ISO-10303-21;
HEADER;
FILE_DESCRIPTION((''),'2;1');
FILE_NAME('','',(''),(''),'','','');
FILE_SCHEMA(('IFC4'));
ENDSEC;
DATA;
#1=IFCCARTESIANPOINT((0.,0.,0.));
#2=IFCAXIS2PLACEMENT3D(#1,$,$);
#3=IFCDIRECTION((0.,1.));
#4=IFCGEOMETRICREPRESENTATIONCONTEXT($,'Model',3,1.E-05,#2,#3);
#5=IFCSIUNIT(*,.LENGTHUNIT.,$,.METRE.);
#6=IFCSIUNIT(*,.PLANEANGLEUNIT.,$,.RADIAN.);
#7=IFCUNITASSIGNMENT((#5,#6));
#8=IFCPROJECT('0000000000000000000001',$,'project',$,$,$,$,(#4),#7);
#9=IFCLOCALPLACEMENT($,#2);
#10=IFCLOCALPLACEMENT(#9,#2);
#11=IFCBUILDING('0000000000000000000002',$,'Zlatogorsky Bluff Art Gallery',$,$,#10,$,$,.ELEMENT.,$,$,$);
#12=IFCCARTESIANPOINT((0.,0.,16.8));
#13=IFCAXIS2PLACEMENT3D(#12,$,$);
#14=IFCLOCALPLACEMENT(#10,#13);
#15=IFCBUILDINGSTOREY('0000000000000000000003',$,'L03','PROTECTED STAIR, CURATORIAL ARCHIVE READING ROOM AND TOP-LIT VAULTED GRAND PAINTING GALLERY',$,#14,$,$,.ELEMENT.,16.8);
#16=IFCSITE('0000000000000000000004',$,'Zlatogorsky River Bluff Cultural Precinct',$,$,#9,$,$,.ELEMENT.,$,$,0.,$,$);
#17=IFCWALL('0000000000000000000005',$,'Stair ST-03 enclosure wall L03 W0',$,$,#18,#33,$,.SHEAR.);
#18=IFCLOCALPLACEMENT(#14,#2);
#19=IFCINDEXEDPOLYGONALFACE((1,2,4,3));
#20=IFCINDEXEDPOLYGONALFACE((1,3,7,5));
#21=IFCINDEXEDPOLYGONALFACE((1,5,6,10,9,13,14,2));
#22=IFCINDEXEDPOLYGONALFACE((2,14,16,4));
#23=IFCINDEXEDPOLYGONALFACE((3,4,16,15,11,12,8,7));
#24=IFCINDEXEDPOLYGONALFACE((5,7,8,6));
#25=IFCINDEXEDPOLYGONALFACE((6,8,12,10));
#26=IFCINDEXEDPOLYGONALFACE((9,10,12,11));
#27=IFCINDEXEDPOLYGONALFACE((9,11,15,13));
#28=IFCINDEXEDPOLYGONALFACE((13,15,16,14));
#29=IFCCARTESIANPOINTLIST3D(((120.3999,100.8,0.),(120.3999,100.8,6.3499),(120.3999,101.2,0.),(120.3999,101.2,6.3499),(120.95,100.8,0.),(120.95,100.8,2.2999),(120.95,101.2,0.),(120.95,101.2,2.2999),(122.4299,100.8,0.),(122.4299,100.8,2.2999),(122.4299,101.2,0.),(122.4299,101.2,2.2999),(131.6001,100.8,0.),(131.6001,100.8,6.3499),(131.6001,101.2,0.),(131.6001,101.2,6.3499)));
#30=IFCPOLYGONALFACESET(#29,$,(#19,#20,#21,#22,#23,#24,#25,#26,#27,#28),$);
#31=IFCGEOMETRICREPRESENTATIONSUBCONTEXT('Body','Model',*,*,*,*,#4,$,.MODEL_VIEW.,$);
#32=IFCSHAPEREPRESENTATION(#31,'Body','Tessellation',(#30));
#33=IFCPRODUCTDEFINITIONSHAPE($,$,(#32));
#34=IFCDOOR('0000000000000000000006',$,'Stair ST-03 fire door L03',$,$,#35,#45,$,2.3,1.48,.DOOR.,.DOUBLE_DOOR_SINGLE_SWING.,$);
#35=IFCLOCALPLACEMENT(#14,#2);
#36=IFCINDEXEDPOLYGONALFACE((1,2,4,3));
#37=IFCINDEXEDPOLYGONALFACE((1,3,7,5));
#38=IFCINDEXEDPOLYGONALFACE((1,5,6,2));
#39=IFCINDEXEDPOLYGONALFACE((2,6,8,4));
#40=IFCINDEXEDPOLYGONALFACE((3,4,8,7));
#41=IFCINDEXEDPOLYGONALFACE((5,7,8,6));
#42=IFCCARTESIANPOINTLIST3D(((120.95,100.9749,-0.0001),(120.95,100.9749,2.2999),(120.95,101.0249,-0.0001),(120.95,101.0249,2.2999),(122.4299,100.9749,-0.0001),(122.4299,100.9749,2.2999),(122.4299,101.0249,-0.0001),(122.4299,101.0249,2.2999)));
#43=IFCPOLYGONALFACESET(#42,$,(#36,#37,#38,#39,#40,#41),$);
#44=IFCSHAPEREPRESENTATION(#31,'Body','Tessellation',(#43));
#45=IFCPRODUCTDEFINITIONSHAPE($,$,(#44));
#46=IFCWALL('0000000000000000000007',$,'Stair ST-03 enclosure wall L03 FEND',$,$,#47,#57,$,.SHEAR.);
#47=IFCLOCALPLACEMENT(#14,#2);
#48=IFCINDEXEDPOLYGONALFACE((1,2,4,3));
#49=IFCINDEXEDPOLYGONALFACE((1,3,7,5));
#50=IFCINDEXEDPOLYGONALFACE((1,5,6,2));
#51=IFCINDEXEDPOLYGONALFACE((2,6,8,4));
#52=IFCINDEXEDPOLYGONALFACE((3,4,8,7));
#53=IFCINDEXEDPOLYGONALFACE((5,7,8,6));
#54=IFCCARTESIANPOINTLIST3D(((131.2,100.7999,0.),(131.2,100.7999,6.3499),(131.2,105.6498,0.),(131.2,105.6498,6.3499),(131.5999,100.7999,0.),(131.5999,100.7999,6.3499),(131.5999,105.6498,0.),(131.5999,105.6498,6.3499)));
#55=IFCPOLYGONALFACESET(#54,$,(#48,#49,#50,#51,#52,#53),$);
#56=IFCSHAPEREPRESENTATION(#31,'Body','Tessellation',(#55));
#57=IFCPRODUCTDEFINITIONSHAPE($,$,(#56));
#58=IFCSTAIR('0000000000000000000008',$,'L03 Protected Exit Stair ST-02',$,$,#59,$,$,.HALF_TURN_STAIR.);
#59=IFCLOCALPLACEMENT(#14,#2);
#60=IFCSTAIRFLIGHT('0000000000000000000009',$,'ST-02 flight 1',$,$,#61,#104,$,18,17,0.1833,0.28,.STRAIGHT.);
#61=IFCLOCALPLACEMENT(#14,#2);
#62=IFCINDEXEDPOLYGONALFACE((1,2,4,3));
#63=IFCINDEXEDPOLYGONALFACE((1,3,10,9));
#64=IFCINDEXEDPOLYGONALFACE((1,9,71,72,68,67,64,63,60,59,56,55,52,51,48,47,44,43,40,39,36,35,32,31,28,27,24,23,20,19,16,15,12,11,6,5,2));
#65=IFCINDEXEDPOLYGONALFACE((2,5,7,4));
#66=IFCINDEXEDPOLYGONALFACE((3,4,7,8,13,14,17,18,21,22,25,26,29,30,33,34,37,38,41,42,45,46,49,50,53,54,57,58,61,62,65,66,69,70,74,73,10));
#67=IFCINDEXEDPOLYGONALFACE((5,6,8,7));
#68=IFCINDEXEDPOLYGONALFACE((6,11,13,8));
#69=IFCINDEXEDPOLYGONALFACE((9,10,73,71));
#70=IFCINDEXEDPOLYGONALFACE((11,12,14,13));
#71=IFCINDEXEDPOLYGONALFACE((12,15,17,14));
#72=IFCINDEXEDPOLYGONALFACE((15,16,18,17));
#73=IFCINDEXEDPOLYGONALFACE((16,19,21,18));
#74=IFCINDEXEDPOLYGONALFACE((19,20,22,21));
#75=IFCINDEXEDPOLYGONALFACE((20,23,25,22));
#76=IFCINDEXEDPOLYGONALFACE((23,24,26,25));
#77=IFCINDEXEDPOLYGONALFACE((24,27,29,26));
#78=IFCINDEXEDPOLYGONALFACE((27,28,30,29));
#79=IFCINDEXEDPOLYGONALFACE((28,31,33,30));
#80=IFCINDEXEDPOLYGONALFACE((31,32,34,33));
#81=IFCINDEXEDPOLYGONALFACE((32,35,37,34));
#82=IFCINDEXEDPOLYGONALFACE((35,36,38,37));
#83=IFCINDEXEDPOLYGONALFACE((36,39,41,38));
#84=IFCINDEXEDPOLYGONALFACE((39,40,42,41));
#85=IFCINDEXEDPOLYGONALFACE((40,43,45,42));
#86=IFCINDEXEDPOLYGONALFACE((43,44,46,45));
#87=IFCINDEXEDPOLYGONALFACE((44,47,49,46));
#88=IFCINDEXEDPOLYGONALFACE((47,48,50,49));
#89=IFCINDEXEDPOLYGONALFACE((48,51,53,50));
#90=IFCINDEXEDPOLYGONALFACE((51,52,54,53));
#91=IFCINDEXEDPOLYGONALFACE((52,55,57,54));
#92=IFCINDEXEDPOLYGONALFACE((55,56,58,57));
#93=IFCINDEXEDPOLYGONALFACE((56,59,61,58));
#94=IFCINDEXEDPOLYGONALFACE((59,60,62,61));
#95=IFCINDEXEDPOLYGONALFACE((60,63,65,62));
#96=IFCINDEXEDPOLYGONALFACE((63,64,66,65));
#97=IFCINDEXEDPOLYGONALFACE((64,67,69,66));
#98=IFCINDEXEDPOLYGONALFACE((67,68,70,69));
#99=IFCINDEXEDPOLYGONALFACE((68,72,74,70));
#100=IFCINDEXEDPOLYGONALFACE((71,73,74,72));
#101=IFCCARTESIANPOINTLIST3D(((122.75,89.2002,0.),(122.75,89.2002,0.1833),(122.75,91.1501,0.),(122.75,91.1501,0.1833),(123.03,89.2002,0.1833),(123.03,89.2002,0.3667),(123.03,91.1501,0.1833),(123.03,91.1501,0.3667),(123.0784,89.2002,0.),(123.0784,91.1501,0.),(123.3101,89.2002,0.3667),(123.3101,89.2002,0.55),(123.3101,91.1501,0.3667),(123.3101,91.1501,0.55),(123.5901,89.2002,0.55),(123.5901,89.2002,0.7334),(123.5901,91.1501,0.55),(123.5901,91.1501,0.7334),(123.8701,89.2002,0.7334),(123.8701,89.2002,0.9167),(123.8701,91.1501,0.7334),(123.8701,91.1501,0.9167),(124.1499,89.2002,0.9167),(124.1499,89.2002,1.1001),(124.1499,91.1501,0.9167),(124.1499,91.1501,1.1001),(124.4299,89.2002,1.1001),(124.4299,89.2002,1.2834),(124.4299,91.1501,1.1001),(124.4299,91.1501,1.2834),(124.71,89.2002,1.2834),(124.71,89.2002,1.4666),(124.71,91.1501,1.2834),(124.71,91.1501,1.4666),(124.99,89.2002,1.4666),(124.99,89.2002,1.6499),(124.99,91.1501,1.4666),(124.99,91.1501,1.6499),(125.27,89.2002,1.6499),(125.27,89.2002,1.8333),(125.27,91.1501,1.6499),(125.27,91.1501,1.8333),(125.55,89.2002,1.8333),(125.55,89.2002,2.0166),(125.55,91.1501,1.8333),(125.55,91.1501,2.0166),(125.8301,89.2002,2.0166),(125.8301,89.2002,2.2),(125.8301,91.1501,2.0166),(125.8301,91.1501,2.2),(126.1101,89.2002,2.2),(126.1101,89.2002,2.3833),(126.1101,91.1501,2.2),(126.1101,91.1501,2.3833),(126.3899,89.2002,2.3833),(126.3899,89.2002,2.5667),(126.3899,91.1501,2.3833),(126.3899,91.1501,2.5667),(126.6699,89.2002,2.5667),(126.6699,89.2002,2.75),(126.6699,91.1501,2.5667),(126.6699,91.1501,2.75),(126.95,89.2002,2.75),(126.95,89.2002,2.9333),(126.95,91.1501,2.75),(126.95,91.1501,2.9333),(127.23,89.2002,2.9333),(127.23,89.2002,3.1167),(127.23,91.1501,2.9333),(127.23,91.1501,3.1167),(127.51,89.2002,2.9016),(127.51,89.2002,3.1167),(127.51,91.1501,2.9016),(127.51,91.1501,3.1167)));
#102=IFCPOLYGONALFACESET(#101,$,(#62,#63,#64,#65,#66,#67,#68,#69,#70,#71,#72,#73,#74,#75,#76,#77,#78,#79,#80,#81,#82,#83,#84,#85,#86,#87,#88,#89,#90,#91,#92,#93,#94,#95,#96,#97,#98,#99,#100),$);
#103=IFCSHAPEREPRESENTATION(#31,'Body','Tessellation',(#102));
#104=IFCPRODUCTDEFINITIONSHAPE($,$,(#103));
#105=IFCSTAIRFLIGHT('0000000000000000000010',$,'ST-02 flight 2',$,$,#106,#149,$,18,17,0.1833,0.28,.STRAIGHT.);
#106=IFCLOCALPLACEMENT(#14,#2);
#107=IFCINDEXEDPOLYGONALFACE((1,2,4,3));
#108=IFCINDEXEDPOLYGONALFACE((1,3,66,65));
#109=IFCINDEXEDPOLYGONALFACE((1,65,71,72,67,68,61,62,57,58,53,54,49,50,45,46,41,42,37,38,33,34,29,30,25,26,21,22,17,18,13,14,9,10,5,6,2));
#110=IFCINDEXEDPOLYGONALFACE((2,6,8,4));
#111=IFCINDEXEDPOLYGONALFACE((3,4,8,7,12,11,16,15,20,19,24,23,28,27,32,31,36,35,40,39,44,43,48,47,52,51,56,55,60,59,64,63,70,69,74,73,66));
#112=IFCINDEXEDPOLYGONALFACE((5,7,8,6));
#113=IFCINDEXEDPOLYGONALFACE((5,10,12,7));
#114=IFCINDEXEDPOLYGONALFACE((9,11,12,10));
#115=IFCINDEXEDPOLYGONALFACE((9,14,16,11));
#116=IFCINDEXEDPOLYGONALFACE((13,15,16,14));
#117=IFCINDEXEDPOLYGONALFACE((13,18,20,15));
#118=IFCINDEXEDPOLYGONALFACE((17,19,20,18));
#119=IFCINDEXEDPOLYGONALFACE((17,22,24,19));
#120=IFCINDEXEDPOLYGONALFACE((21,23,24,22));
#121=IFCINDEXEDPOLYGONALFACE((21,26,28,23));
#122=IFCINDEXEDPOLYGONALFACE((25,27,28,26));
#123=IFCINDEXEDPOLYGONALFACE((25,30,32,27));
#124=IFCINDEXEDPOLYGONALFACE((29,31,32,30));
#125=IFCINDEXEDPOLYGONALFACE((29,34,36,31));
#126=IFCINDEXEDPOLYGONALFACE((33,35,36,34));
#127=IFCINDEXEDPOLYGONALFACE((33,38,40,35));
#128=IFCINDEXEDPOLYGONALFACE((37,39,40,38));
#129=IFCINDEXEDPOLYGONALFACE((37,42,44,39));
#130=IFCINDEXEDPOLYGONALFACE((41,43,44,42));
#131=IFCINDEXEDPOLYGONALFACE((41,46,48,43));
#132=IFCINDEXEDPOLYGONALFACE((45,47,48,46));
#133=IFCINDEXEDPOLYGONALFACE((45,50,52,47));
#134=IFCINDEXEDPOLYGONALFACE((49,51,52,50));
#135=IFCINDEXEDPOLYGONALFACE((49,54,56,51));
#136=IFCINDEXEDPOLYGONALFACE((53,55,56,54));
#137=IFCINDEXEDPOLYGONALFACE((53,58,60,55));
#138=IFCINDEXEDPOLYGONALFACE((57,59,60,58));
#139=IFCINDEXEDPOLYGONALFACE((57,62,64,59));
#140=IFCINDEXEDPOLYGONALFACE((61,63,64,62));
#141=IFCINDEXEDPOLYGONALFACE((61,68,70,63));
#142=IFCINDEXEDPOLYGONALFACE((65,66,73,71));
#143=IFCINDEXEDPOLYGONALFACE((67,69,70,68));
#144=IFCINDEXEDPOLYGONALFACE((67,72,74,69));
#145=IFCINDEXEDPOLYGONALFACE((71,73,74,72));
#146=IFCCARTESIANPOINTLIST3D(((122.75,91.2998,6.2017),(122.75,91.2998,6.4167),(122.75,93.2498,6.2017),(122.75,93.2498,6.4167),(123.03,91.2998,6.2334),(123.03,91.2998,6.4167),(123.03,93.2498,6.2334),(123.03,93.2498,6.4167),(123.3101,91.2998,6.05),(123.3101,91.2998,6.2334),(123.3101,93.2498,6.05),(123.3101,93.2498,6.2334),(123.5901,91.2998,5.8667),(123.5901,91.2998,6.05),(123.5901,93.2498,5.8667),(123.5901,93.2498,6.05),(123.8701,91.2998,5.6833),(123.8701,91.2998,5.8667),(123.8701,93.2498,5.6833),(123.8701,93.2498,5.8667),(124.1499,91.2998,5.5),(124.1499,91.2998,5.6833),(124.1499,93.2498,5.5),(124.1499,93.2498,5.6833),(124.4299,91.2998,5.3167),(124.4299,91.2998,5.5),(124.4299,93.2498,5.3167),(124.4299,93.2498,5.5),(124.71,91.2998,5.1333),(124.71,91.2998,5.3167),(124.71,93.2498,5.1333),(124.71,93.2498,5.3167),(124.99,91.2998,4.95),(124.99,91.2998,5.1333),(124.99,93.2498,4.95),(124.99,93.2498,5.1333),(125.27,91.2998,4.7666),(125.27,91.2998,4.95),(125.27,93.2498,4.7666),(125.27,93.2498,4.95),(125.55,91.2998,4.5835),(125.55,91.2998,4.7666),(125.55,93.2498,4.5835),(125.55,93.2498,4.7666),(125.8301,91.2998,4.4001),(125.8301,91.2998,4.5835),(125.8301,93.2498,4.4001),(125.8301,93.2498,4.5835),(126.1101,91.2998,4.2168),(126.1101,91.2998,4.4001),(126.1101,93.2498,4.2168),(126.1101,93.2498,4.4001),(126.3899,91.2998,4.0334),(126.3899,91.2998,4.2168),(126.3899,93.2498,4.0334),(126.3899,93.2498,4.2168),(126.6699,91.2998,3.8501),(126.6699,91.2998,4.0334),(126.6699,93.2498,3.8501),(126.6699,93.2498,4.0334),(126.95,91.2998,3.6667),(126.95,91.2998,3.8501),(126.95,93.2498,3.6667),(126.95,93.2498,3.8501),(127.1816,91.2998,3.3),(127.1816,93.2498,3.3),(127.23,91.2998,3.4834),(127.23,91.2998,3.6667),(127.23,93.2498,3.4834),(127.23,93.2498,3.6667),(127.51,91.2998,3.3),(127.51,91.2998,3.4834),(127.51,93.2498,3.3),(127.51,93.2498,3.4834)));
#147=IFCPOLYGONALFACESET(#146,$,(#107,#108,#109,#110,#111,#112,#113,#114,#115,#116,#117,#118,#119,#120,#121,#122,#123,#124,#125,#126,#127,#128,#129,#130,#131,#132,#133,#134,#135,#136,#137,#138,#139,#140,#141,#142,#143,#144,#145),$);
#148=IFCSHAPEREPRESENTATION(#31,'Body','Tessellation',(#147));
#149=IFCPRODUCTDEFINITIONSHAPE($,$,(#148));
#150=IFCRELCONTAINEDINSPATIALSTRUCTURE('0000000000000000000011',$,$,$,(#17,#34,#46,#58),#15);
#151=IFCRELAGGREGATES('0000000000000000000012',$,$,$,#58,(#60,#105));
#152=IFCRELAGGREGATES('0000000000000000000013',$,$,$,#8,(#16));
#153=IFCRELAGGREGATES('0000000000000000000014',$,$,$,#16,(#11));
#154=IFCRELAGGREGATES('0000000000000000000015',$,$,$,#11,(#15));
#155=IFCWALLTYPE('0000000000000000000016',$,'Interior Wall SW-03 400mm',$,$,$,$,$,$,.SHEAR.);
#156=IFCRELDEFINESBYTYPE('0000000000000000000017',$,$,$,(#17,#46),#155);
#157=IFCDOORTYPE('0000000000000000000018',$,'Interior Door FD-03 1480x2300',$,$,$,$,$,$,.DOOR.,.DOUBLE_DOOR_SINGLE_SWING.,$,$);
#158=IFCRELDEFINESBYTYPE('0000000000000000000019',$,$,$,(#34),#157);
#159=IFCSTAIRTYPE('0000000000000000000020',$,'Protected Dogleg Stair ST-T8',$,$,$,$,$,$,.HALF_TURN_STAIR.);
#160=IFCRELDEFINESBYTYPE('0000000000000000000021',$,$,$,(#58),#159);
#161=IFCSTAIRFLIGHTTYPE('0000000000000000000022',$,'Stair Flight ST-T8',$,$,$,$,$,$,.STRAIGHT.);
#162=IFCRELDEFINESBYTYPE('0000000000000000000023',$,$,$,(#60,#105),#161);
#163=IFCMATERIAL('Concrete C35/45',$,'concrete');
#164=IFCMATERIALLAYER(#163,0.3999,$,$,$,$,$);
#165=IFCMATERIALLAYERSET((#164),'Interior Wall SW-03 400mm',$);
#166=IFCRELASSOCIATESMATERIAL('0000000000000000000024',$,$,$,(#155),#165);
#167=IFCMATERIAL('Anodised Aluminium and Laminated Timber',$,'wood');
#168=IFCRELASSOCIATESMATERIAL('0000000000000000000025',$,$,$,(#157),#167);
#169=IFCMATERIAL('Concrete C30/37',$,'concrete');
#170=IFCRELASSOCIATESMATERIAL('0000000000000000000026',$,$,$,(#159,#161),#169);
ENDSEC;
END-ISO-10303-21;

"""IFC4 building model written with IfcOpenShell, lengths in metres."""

from ifc_helpers import new_model, si_unit, direction, frame, frame_2d, origin, place, context, subcontext, project, spatial, polyline, rectangle, outline, extrude, material, layer, layer_set, type_object, element, fill, aggregate, save


model = new_model("IFC4")

# Units and contexts
model_context = context("Model", 3, precision=1e-05, world=origin(), true_north=direction((0.0, 1.0)))
body_context = subcontext(model_context, "Body", "Model", "MODEL_VIEW")
ifc_project = project(units=[si_unit("LENGTHUNIT", "METRE"), si_unit("PLANEANGLEUNIT", "RADIAN")], contexts=[model_context])

# Site, building, storey
site_placement = place(None, origin())
site = spatial("IfcSite", under=ifc_project, at=site_placement, Name="Zlatogorsky River Bluff Cultural Precinct", CompositionType="ELEMENT", RefElevation=0.0)
building_placement = place(site_placement, origin())
building = spatial("IfcBuilding", under=site, at=building_placement, Name="Zlatogorsky Bluff Art Gallery", CompositionType="ELEMENT")
storey_placement = place(building_placement, frame((0.0, 0.0, 16.8)))
storey = spatial("IfcBuildingStorey", under=building, at=storey_placement, Name="L03", Description="PROTECTED STAIR, CURATORIAL ARCHIVE READING ROOM AND TOP-LIT VAULTED GRAND PAINTING GALLERY", CompositionType="ELEMENT", Elevation=16.8)

# Shared definitions
ifc_material_1 = material(Name="Concrete C30/37", Category="concrete")
ifc_material_2 = material(Name="Anodised Aluminium and Laminated Timber", Category="wood")

# Shared definitions
ifc_material_3 = material(Name="Concrete C35/45", Category="concrete")

# Wall, opening, door
ifc_layer_1 = layer(ifc_material_3, 0.3999)
ifc_layer_set_1 = layer_set([ifc_layer_1], Name="Interior Wall SW-03 400mm")
wall_type_1 = type_object("IfcWallType", Name="Interior Wall SW-03 400mm", PredefinedType="SHEAR", material=ifc_layer_set_1)
wall_1_placement = place(storey_placement, frame((120.3999, 101.0, 0.0), z_axis=(0.0, 0.0, 1.0), x_axis=(1.0, 0.0, 0.0)))
wall_1 = element("IfcWall", 1, at=wall_1_placement, inside=storey, type_object=wall_type_1, Name="Stair ST-03 enclosure wall L03 W0", PredefinedType="SHEAR", context=body_context, shape_type="SweptSolid", body=[
    extrude(rectangle(XDim=11.2002, YDim=0.3999, at=frame_2d((5.6001, 0.0))), origin(), (0.0, 0.0, 1.0), 6.3499),
])
opening_1_placement = place(wall_1_placement, frame((0.55, 0.0, 0.0)))
opening_1 = element("IfcOpeningElement", 2, at=opening_1_placement, cuts=wall_1, PredefinedType="OPENING", context=body_context, shape_type="SweptSolid", body=[
    extrude(rectangle(XDim=1.48, YDim=2.3, at=frame_2d((0.74, 1.1499))), frame((0.0, 0.21, 0.0), z_axis=(0.0, -1.0, 0.0), x_axis=(1.0, 0.0, 0.0)), (0.0, 0.0, 1.0), 0.4199),
])
door_type_1 = type_object("IfcDoorType", Name="Interior Door FD-03 1480x2300", OperationType="DOUBLE_DOOR_SINGLE_SWING", PredefinedType="DOOR", material=ifc_material_2)
door_1_placement = place(opening_1_placement, origin())
door_1 = element("IfcDoor", 3, at=door_1_placement, inside=storey, type_object=door_type_1, Name="Stair ST-03 fire door L03", OperationType="DOUBLE_DOOR_SINGLE_SWING", OverallHeight=2.3, OverallWidth=1.48, PredefinedType="DOOR", context=body_context, shape_type="SweptSolid", body=[
    extrude(rectangle(XDim=1.48, YDim=2.3, at=frame_2d((0.74, 1.1499))), frame((0.0, 0.0249, 0.0), z_axis=(0.0, -1.0, 0.0), x_axis=(1.0, 0.0, 0.0)), (0.0, 0.0, 1.0), 0.05),
])
fill(opening_1, door_1)

# Wall
wall_2_placement = place(storey_placement, frame((131.3999, 100.8, 0.0), z_axis=(0.0, 0.0, 1.0), x_axis=(0.0, 1.0, 0.0)))
element("IfcWall", 4, at=wall_2_placement, inside=storey, type_object=wall_type_1, Name="Stair ST-03 enclosure wall L03 FEND", PredefinedType="SHEAR", context=body_context, shape_type="SweptSolid", body=[
    extrude(rectangle(XDim=4.8499, YDim=0.3999, at=frame_2d((2.4248, 0.0))), origin(), (0.0, 0.0, 1.0), 6.3499),
])

# Stair, stair flights
stair_type = type_object("IfcStairType", Name="Protected Dogleg Stair ST-T8", PredefinedType="HALF_TURN_STAIR", material=ifc_material_1)
stair_1_placement = place(storey_placement, origin())
stair_1 = element("IfcStair", 5, at=stair_1_placement, inside=storey, type_object=stair_type, Name="L03 Protected Exit Stair ST-02", PredefinedType="HALF_TURN_STAIR")
stair_flight_type = type_object("IfcStairFlightType", Name="Stair Flight ST-T8", PredefinedType="STRAIGHT", material=ifc_material_1)
stair_flight_1_placement = place(storey_placement, frame((122.75, 90.175, 0.0), z_axis=(0.0, 0.0, 1.0), x_axis=(1.0, 0.0, 0.0)))
stair_flight_1 = element("IfcStairFlight", 6, at=stair_flight_1_placement, type_object=stair_flight_type, Name="ST-02 flight 1", NumberOfRisers=18, NumberOfTreads=17, PredefinedType="STRAIGHT", RiserHeight=0.1833, TreadLength=0.28, context=body_context, shape_type="SweptSolid", body=[
    extrude(outline(polyline([(0.0, 0.0), (0.0, 0.1833), (0.28, 0.1833), (0.28, 0.3667), (0.5601, 0.3667), (0.5601, 0.55), (0.8401, 0.55), (0.8401, 0.7334), (1.1201, 0.7334), (1.1201, 0.9167), (1.3999, 0.9167), (1.3999, 1.1001), (1.6799, 1.1001), (1.6799, 1.2834), (1.96, 1.2834), (1.96, 1.4666), (2.24, 1.4666), (2.24, 1.6499), (2.52, 1.6499), (2.52, 1.8333), (2.8, 1.8333), (2.8, 2.0166), (3.0801, 2.0166), (3.0801, 2.2), (3.3601, 2.2), (3.3601, 2.3833), (3.6399, 2.3833), (3.6399, 2.5667), (3.9199, 2.5667), (3.9199, 2.75), (4.2, 2.75), (4.2, 2.9333), (4.48, 2.9333), (4.48, 3.1167), (4.76, 3.1167), (4.76, 3.3), (4.76, 2.9016), (0.3284, 0.0), (0.0, 0.0)])), frame((0.0, 0.9751, 0.0), z_axis=(0.0, -1.0, 0.0), x_axis=(1.0, 0.0, 0.0)), (0.0, 0.0, 1.0), 1.95),
])
stair_flight_2_placement = place(storey_placement, frame((127.51, 92.2749, 3.3), z_axis=(0.0, 0.0, 1.0), x_axis=(-1.0, 0.0, 0.0)))
stair_flight_2 = element("IfcStairFlight", 7, at=stair_flight_2_placement, type_object=stair_flight_type, Name="ST-02 flight 2", NumberOfRisers=18, NumberOfTreads=17, PredefinedType="STRAIGHT", RiserHeight=0.1833, TreadLength=0.28, context=body_context, shape_type="SweptSolid", body=[
    extrude(outline(polyline([(0.0, 0.0), (0.0, 0.1833), (0.28, 0.1833), (0.28, 0.3667), (0.5601, 0.3667), (0.5601, 0.55), (0.8401, 0.55), (0.8401, 0.7334), (1.1201, 0.7334), (1.1201, 0.9167), (1.3999, 0.9167), (1.3999, 1.1001), (1.6799, 1.1001), (1.6799, 1.2834), (1.96, 1.2834), (1.96, 1.4666), (2.24, 1.4666), (2.24, 1.6499), (2.52, 1.6499), (2.52, 1.8333), (2.8, 1.8333), (2.8, 2.0166), (3.0801, 2.0166), (3.0801, 2.2), (3.3601, 2.2), (3.3601, 2.3833), (3.6399, 2.3833), (3.6399, 2.5667), (3.9199, 2.5667), (3.9199, 2.75), (4.2, 2.75), (4.2, 2.9333), (4.48, 2.9333), (4.48, 3.1167), (4.76, 3.1167), (4.76, 3.3), (4.76, 2.9016), (0.3284, 0.0), (0.0, 0.0)])), frame((0.0, 0.9751, 0.0), z_axis=(0.0, -1.0, 0.0), x_axis=(1.0, 0.0, 0.0)), (0.0, 0.0, 1.0), 1.95),
])
aggregate(stair_1, [stair_flight_1, stair_flight_2])

save(model, "model.ifc")
